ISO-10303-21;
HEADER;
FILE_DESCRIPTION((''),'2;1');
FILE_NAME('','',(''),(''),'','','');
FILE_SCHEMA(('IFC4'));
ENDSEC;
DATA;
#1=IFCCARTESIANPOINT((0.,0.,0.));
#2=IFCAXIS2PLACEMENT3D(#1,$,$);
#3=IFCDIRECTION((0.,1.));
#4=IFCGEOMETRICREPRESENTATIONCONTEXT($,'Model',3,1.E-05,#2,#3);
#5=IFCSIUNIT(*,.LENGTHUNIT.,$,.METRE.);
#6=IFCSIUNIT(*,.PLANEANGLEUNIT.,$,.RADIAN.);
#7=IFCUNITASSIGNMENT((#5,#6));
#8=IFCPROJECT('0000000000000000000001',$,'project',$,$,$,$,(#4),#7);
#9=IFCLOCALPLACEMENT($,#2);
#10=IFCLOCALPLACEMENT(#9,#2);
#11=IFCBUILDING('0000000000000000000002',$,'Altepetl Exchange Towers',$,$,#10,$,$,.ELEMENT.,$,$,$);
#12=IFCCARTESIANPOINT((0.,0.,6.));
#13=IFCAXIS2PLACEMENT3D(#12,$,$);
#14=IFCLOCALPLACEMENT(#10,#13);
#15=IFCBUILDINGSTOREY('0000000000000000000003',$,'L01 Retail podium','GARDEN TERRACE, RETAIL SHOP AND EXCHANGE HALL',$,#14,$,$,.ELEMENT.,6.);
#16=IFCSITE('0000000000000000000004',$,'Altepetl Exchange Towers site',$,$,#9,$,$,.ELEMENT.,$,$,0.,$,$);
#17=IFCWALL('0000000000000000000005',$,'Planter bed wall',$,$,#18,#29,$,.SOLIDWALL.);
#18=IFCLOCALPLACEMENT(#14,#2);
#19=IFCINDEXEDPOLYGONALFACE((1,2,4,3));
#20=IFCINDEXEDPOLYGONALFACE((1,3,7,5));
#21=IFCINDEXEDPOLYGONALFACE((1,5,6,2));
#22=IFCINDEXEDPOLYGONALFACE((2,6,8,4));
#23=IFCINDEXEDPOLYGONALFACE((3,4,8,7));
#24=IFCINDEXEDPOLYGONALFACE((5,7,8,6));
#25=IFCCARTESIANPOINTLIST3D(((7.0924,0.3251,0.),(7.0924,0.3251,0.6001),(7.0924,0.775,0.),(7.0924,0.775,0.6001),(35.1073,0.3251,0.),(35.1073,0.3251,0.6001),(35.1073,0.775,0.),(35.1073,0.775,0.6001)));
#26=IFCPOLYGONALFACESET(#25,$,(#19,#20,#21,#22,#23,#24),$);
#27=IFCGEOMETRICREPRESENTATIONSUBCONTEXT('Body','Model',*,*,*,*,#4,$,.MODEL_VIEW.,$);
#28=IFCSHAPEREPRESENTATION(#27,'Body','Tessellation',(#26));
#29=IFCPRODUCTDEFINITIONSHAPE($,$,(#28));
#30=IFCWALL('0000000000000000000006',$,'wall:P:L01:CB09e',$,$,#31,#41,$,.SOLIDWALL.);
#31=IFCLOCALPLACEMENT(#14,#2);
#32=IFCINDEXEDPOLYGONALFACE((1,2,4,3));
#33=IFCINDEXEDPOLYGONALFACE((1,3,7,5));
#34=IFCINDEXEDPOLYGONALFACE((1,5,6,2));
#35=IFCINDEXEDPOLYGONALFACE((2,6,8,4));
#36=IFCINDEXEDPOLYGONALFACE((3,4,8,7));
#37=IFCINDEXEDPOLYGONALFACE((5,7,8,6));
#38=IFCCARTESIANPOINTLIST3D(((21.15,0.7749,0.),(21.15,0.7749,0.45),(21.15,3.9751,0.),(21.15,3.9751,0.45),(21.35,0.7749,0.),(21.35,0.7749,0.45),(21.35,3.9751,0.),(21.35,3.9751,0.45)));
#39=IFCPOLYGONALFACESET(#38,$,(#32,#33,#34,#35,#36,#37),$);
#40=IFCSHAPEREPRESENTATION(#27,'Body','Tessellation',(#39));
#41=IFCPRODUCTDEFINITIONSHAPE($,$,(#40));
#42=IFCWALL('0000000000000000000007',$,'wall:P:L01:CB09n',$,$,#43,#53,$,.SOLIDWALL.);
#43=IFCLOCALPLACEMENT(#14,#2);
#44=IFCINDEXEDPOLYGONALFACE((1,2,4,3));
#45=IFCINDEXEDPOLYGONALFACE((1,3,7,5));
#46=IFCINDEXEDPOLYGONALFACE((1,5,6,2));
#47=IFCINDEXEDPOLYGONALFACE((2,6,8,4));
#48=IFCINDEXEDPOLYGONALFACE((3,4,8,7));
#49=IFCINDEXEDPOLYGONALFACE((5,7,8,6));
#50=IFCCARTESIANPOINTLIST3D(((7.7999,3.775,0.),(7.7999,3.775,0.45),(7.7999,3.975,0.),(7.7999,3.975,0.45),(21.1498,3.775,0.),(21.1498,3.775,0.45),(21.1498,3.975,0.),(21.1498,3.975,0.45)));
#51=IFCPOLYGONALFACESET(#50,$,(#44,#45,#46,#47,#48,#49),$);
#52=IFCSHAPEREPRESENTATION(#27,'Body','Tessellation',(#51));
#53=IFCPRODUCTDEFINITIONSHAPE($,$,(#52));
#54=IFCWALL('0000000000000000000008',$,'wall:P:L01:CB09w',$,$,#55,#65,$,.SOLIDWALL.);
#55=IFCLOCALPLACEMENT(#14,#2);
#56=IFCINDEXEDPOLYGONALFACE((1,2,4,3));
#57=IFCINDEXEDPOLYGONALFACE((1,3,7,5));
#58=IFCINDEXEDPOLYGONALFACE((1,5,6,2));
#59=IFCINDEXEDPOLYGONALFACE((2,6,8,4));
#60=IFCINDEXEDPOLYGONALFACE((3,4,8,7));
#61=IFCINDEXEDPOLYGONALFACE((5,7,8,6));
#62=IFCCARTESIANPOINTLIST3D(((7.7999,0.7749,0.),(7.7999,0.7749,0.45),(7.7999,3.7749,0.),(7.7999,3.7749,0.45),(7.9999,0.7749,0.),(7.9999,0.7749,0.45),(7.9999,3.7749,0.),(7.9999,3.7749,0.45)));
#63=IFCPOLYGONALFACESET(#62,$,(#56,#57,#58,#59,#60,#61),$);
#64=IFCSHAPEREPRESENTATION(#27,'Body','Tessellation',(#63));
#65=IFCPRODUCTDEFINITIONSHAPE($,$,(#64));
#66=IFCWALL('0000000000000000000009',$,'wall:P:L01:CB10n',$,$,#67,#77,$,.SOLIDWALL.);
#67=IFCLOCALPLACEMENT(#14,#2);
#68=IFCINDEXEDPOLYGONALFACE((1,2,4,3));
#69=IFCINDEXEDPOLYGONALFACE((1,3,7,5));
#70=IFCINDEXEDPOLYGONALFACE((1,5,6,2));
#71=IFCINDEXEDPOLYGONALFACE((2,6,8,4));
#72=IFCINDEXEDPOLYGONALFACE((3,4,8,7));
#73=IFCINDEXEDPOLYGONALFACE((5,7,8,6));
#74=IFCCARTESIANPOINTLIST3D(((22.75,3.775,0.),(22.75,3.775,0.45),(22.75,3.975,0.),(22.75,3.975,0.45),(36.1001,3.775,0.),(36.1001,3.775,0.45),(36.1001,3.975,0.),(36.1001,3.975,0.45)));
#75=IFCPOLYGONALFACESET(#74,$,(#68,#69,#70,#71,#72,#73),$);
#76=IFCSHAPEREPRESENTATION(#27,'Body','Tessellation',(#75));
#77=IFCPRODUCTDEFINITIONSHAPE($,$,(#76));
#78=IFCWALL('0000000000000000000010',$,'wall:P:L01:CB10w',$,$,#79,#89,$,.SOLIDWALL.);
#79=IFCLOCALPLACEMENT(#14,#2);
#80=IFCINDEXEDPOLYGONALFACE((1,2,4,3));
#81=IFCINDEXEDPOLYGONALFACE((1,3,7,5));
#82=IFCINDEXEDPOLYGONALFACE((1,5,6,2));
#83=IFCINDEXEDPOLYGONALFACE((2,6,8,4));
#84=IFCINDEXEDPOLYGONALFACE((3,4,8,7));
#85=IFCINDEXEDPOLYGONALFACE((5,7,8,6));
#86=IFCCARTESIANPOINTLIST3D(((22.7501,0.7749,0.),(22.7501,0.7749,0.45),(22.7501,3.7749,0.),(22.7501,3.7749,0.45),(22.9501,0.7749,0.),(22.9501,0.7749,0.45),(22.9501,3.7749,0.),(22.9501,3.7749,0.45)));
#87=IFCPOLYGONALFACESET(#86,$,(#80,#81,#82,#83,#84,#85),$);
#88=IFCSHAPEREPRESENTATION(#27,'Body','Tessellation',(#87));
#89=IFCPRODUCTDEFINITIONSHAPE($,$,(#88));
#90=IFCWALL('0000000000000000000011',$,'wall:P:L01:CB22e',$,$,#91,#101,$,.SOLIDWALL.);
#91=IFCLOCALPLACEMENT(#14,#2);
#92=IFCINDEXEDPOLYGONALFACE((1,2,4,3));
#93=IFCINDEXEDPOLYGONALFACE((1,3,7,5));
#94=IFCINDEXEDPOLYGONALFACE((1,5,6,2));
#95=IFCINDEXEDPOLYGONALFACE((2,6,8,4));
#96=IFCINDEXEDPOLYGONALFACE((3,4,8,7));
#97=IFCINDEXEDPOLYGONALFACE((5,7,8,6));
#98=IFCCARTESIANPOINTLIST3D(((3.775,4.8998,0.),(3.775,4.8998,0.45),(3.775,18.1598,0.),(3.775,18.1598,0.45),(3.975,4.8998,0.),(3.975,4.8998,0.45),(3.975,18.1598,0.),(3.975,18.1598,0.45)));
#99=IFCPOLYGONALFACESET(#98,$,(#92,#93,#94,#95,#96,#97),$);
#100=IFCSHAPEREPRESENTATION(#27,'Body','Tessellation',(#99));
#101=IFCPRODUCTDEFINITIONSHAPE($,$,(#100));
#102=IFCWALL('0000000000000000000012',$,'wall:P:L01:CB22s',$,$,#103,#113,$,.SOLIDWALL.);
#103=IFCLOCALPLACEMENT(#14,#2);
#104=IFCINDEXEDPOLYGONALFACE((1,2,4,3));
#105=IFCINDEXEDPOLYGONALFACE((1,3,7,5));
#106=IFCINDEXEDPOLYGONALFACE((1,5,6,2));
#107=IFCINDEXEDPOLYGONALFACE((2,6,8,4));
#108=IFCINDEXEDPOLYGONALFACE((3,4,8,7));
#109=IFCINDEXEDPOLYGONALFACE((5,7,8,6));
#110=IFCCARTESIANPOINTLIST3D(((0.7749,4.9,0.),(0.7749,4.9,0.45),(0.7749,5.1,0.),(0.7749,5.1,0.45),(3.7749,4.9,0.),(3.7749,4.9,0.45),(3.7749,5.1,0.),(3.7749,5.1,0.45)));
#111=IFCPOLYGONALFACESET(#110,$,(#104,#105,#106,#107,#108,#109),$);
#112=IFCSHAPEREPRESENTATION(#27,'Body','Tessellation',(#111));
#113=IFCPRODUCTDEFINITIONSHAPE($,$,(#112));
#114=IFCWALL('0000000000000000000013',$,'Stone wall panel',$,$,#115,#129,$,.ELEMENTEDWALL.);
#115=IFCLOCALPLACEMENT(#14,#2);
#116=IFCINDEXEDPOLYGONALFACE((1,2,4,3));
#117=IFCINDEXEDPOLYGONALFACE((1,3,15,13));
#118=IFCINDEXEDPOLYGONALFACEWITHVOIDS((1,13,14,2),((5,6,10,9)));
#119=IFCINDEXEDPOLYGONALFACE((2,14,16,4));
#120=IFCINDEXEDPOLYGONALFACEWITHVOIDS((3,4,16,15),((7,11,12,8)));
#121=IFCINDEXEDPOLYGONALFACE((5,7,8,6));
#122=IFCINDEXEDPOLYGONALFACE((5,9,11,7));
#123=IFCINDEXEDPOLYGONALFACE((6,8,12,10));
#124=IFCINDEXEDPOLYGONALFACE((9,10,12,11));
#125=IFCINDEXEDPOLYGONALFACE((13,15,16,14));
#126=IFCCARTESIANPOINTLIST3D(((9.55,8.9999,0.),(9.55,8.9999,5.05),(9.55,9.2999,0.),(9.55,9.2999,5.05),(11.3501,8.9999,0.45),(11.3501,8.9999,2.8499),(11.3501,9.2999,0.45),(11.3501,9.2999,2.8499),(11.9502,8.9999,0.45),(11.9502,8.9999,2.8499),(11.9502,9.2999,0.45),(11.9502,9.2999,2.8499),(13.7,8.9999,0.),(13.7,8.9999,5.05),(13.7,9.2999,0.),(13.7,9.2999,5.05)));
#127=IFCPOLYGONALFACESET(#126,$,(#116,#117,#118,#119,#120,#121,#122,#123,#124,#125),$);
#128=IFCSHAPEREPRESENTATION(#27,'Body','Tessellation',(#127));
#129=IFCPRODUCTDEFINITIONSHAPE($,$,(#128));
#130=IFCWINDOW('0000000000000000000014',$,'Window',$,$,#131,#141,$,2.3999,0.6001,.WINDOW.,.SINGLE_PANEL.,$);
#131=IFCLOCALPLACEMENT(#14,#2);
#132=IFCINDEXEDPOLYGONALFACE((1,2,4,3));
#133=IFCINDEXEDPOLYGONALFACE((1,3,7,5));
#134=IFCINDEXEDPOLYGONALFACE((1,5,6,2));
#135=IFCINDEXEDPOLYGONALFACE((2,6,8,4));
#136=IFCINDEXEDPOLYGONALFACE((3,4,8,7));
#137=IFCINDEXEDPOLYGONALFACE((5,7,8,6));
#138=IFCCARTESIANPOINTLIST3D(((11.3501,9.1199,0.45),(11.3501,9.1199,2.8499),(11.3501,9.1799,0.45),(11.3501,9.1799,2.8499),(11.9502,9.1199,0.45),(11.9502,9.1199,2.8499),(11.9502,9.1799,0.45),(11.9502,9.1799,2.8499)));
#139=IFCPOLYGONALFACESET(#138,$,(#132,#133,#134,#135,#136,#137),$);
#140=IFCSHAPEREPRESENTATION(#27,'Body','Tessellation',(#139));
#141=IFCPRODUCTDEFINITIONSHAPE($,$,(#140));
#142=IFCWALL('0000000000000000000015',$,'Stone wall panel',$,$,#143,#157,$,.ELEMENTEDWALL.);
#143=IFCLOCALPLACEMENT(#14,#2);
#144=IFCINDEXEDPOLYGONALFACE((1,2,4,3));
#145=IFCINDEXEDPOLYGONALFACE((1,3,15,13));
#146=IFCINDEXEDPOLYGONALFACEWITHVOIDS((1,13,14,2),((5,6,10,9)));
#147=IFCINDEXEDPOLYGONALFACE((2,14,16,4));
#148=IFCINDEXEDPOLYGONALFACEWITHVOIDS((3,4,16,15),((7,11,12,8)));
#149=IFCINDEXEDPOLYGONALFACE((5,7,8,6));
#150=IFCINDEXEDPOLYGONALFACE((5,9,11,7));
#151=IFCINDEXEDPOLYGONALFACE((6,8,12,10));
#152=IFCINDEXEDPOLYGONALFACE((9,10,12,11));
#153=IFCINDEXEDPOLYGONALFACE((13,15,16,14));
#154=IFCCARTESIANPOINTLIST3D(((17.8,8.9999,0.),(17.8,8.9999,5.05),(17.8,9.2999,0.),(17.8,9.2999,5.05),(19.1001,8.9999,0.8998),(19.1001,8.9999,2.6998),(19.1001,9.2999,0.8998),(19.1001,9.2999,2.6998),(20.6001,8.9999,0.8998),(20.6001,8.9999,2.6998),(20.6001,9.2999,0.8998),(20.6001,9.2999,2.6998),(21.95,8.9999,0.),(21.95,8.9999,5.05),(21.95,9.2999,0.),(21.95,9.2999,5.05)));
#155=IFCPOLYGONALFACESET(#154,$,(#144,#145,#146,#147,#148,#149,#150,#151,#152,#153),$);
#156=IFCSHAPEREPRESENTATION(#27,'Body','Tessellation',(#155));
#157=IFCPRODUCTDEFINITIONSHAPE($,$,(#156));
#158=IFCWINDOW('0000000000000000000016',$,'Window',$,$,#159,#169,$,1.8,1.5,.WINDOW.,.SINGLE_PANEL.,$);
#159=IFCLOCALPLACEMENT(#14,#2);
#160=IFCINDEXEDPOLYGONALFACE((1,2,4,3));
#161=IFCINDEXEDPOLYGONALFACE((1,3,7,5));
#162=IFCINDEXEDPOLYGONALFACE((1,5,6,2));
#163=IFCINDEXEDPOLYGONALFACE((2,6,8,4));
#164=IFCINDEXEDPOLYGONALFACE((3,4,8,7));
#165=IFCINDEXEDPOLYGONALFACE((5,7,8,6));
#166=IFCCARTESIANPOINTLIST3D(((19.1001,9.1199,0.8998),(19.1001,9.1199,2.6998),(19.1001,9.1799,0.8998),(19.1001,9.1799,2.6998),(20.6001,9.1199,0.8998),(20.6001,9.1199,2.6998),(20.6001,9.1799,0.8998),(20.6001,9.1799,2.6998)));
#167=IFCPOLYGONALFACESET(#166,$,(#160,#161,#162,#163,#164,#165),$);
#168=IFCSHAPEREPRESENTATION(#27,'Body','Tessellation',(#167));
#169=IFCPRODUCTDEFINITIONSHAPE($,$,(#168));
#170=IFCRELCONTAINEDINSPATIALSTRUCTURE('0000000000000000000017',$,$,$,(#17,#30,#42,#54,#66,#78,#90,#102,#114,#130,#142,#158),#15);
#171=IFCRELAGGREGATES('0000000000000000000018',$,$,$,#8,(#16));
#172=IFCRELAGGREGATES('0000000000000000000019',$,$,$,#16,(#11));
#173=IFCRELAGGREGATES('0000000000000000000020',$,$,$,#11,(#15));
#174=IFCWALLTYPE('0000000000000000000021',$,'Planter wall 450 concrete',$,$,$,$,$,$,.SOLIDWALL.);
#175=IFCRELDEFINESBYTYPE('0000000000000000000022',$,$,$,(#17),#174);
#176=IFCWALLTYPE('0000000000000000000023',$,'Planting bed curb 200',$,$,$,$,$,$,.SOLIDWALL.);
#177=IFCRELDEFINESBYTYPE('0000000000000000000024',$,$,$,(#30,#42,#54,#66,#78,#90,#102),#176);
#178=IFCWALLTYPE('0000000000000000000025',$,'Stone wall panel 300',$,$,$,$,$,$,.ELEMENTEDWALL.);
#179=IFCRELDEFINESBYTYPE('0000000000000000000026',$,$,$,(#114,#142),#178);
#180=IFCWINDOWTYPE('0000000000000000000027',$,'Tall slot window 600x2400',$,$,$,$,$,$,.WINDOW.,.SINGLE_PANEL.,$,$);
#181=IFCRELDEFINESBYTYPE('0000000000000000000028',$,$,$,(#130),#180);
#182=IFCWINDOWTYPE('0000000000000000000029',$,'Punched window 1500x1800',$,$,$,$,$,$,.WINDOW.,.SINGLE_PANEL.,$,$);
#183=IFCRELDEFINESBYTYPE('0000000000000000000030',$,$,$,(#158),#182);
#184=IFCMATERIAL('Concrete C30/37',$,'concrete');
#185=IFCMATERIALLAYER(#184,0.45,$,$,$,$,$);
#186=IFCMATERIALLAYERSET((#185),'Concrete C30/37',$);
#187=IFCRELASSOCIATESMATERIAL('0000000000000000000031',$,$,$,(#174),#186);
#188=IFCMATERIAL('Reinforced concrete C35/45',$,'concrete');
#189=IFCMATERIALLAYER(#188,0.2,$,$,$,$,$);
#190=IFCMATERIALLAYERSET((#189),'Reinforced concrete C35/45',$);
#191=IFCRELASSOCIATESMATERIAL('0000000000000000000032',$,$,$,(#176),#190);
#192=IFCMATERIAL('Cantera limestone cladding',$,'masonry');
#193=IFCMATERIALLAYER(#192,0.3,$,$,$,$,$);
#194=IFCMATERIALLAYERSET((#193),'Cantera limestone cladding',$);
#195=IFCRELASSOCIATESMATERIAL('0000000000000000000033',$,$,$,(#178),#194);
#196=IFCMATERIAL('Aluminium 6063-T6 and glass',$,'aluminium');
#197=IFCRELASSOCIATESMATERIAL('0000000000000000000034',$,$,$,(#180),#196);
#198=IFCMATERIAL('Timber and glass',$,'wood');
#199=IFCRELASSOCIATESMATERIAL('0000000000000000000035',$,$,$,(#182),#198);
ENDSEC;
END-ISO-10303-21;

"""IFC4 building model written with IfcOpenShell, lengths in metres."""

from ifc_helpers import new_model, si_unit, direction, frame, frame_2d, origin, place, context, subcontext, project, spatial, rectangle, extrude, material, layer, layer_set, type_object, element, fill, save


model = new_model("IFC4")

# Units and contexts
model_context = context("Model", 3, precision=1e-05, world=origin(), true_north=direction((0.0, 1.0)))
body_context = subcontext(model_context, "Body", "Model", "MODEL_VIEW")
ifc_project = project(units=[si_unit("LENGTHUNIT", "METRE"), si_unit("PLANEANGLEUNIT", "RADIAN")], contexts=[model_context])

# Site, building, storey
site_placement = place(None, origin())
site = spatial("IfcSite", under=ifc_project, at=site_placement, Name="Altepetl Exchange Towers site", CompositionType="ELEMENT", RefElevation=0.0)
building_placement = place(site_placement, origin())
building = spatial("IfcBuilding", under=site, at=building_placement, Name="Altepetl Exchange Towers", CompositionType="ELEMENT")
storey_placement = place(building_placement, frame((0.0, 0.0, 6.0)))
storey = spatial("IfcBuildingStorey", under=building, at=storey_placement, Name="L01 Retail podium", Description="GARDEN TERRACE, RETAIL SHOP AND EXCHANGE HALL", CompositionType="ELEMENT", Elevation=6.0)

# Shared definitions
ifc_material_1 = material(Name="Reinforced concrete C35/45", Category="concrete")
ifc_material_2 = material(Name="Aluminium 6063-T6 and glass", Category="aluminium")

# Walls
ifc_material_3 = material(Name="Concrete C30/37", Category="concrete")
ifc_layer_1 = layer(ifc_material_3, 0.45)
ifc_layer_set_1 = layer_set([ifc_layer_1], Name="Concrete C30/37")
wall_type_1 = type_object("IfcWallType", Name="Planter wall 450 concrete", PredefinedType="SOLIDWALL", material=ifc_layer_set_1)
wall_1_placement = place(storey_placement, frame((7.0925, 0.55, 0.0)))
element("IfcWall", 1, at=wall_1_placement, inside=storey, type_object=wall_type_1, Name="Planter bed wall", PredefinedType="SOLIDWALL", context=body_context, shape_type="SweptSolid", body=[
    extrude(rectangle(XDim=28.0149, YDim=0.45, at=frame_2d((14.0073, 0.0))), origin(), (0.0, 0.0, 1.0), 0.6001),
])
ifc_layer_2 = layer(ifc_material_1, 0.2)
ifc_layer_set_2 = layer_set([ifc_layer_2], Name="Reinforced concrete C35/45")
wall_type_2 = type_object("IfcWallType", Name="Planting bed curb 200", PredefinedType="SOLIDWALL", material=ifc_layer_set_2)
wall_2_placement = place(storey_placement, frame((21.25, 0.7749, 0.0), z_axis=(0.0, 0.0, 1.0), x_axis=(0.0, 1.0, 0.0)))
element("IfcWall", 2, at=wall_2_placement, inside=storey, type_object=wall_type_2, Name="wall:P:L01:CB09e", PredefinedType="SOLIDWALL", context=body_context, shape_type="SweptSolid", body=[
    extrude(rectangle(XDim=3.2002, YDim=0.2, at=frame_2d((1.6001, 0.0))), origin(), (0.0, 0.0, 1.0), 0.45),
])
wall_3_placement = place(storey_placement, frame((7.8, 3.875, 0.0)))
element("IfcWall", 3, at=wall_3_placement, inside=storey, type_object=wall_type_2, Name="wall:P:L01:CB09n", PredefinedType="SOLIDWALL", context=body_context, shape_type="SweptSolid", body=[
    extrude(rectangle(XDim=13.3499, YDim=0.2, at=frame_2d((6.6748, 0.0))), origin(), (0.0, 0.0, 1.0), 0.45),
])
wall_4_placement = place(storey_placement, frame((7.8999, 0.7749, 0.0), z_axis=(0.0, 0.0, 1.0), x_axis=(0.0, 1.0, 0.0)))
element("IfcWall", 4, at=wall_4_placement, inside=storey, type_object=wall_type_2, Name="wall:P:L01:CB09w", PredefinedType="SOLIDWALL", context=body_context, shape_type="SweptSolid", body=[
    extrude(rectangle(XDim=3.0, YDim=0.2, at=frame_2d((1.5, 0.0))), origin(), (0.0, 0.0, 1.0), 0.45),
])
wall_5_placement = place(storey_placement, frame((22.75, 3.875, 0.0)))
element("IfcWall", 5, at=wall_5_placement, inside=storey, type_object=wall_type_2, Name="wall:P:L01:CB10n", PredefinedType="SOLIDWALL", context=body_context, shape_type="SweptSolid", body=[
    extrude(rectangle(XDim=13.3501, YDim=0.2, at=frame_2d((6.675, 0.0))), origin(), (0.0, 0.0, 1.0), 0.45),
])
wall_6_placement = place(storey_placement, frame((22.8501, 0.7749, 0.0), z_axis=(0.0, 0.0, 1.0), x_axis=(0.0, 1.0, 0.0)))
element("IfcWall", 6, at=wall_6_placement, inside=storey, type_object=wall_type_2, Name="wall:P:L01:CB10w", PredefinedType="SOLIDWALL", context=body_context, shape_type="SweptSolid", body=[
    extrude(rectangle(XDim=3.0, YDim=0.2, at=frame_2d((1.5, 0.0))), origin(), (0.0, 0.0, 1.0), 0.45),
])
wall_7_placement = place(storey_placement, frame((3.875, 4.8999, 0.0), z_axis=(0.0, 0.0, 1.0), x_axis=(0.0, 1.0, 0.0)))
element("IfcWall", 7, at=wall_7_placement, inside=storey, type_object=wall_type_2, Name="wall:P:L01:CB22e", PredefinedType="SOLIDWALL", context=body_context, shape_type="SweptSolid", body=[
    extrude(rectangle(XDim=13.26, YDim=0.2, at=frame_2d((6.6299, 0.0))), origin(), (0.0, 0.0, 1.0), 0.45),
])
wall_8_placement = place(storey_placement, frame((0.7749, 5.0, 0.0)))
element("IfcWall", 8, at=wall_8_placement, inside=storey, type_object=wall_type_2, Name="wall:P:L01:CB22s", PredefinedType="SOLIDWALL", context=body_context, shape_type="SweptSolid", body=[
    extrude(rectangle(XDim=3.0, YDim=0.2, at=frame_2d((1.5, 0.0))), origin(), (0.0, 0.0, 1.0), 0.45),
])

# Walls, openings, windows
ifc_material_4 = material(Name="Cantera limestone cladding", Category="masonry")
ifc_layer_3 = layer(ifc_material_4, 0.3)
ifc_layer_set_3 = layer_set([ifc_layer_3], Name="Cantera limestone cladding")
wall_type_3 = type_object("IfcWallType", Name="Stone wall panel 300", PredefinedType="ELEMENTEDWALL", material=ifc_layer_set_3)
wall_9_placement = place(storey_placement, frame((9.55, 9.1499, 0.0)))
wall_9 = element("IfcWall", 9, at=wall_9_placement, inside=storey, type_object=wall_type_3, Name="Stone wall panel", PredefinedType="ELEMENTEDWALL", context=body_context, shape_type="SweptSolid", body=[
    extrude(rectangle(XDim=4.1499, YDim=0.3, at=frame_2d((2.075, 0.0))), origin(), (0.0, 0.0, 1.0), 5.05),
])
opening_1_placement = place(wall_9_placement, frame((1.8, 0.0, 0.45)))
opening_1 = element("IfcOpeningElement", 10, at=opening_1_placement, cuts=wall_9, PredefinedType="OPENING", context=body_context, shape_type="SweptSolid", body=[
    extrude(rectangle(XDim=0.6001, YDim=2.3999, at=frame_2d((0.3, 1.2))), frame((0.0, 0.1602, 0.0), z_axis=(0.0, -1.0, 0.0), x_axis=(1.0, 0.0, 0.0)), (0.0, 0.0, 1.0), 0.3201),
])
window_type_1 = type_object("IfcWindowType", Name="Tall slot window 600x2400", PartitioningType="SINGLE_PANEL", PredefinedType="WINDOW", material=ifc_material_2)
window_1_placement = place(opening_1_placement, origin())
window_1 = element("IfcWindow", 11, at=window_1_placement, inside=storey, type_object=window_type_1, Name="Window", OverallHeight=2.3999, OverallWidth=0.6001, PartitioningType="SINGLE_PANEL", PredefinedType="WINDOW", context=body_context, shape_type="SweptSolid", body=[
    extrude(rectangle(XDim=0.6001, YDim=2.3999, at=frame_2d((0.3, 1.2))), frame((0.0, 0.03, 0.0), z_axis=(0.0, -1.0, 0.0), x_axis=(1.0, 0.0, 0.0)), (0.0, 0.0, 1.0), 0.0601),
])
fill(opening_1, window_1)
wall_10_placement = place(storey_placement, frame((17.8, 9.1499, 0.0)))
wall_10 = element("IfcWall", 12, at=wall_10_placement, inside=storey, type_object=wall_type_3, Name="Stone wall panel", PredefinedType="ELEMENTEDWALL", context=body_context, shape_type="SweptSolid", body=[
    extrude(rectangle(XDim=4.1499, YDim=0.3, at=frame_2d((2.075, 0.0))), origin(), (0.0, 0.0, 1.0), 5.05),
])
opening_2_placement = place(wall_10_placement, frame((1.3, 0.0, 0.8999)))
opening_2 = element("IfcOpeningElement", 13, at=opening_2_placement, cuts=wall_10, PredefinedType="OPENING", context=body_context, shape_type="SweptSolid", body=[
    extrude(rectangle(XDim=1.5, YDim=1.8, at=frame_2d((0.75, 0.8999))), frame((0.0, 0.1602, 0.0), z_axis=(0.0, -1.0, 0.0), x_axis=(1.0, 0.0, 0.0)), (0.0, 0.0, 1.0), 0.3201),
])
ifc_material_5 = material(Name="Timber and glass", Category="wood")
window_type_2 = type_object("IfcWindowType", Name="Punched window 1500x1800", PartitioningType="SINGLE_PANEL", PredefinedType="WINDOW", material=ifc_material_5)
window_2_placement = place(opening_2_placement, origin())
window_2 = element("IfcWindow", 14, at=window_2_placement, inside=storey, type_object=window_type_2, Name="Window", OverallHeight=1.8, OverallWidth=1.5, PartitioningType="SINGLE_PANEL", PredefinedType="WINDOW", context=body_context, shape_type="SweptSolid", body=[
    extrude(rectangle(XDim=1.5, YDim=1.8, at=frame_2d((0.75, 0.8999))), frame((0.0, 0.03, 0.0), z_axis=(0.0, -1.0, 0.0), x_axis=(1.0, 0.0, 0.0)), (0.0, 0.0, 1.0), 0.0601),
])
fill(opening_2, window_2)

save(model, "model.ifc")
